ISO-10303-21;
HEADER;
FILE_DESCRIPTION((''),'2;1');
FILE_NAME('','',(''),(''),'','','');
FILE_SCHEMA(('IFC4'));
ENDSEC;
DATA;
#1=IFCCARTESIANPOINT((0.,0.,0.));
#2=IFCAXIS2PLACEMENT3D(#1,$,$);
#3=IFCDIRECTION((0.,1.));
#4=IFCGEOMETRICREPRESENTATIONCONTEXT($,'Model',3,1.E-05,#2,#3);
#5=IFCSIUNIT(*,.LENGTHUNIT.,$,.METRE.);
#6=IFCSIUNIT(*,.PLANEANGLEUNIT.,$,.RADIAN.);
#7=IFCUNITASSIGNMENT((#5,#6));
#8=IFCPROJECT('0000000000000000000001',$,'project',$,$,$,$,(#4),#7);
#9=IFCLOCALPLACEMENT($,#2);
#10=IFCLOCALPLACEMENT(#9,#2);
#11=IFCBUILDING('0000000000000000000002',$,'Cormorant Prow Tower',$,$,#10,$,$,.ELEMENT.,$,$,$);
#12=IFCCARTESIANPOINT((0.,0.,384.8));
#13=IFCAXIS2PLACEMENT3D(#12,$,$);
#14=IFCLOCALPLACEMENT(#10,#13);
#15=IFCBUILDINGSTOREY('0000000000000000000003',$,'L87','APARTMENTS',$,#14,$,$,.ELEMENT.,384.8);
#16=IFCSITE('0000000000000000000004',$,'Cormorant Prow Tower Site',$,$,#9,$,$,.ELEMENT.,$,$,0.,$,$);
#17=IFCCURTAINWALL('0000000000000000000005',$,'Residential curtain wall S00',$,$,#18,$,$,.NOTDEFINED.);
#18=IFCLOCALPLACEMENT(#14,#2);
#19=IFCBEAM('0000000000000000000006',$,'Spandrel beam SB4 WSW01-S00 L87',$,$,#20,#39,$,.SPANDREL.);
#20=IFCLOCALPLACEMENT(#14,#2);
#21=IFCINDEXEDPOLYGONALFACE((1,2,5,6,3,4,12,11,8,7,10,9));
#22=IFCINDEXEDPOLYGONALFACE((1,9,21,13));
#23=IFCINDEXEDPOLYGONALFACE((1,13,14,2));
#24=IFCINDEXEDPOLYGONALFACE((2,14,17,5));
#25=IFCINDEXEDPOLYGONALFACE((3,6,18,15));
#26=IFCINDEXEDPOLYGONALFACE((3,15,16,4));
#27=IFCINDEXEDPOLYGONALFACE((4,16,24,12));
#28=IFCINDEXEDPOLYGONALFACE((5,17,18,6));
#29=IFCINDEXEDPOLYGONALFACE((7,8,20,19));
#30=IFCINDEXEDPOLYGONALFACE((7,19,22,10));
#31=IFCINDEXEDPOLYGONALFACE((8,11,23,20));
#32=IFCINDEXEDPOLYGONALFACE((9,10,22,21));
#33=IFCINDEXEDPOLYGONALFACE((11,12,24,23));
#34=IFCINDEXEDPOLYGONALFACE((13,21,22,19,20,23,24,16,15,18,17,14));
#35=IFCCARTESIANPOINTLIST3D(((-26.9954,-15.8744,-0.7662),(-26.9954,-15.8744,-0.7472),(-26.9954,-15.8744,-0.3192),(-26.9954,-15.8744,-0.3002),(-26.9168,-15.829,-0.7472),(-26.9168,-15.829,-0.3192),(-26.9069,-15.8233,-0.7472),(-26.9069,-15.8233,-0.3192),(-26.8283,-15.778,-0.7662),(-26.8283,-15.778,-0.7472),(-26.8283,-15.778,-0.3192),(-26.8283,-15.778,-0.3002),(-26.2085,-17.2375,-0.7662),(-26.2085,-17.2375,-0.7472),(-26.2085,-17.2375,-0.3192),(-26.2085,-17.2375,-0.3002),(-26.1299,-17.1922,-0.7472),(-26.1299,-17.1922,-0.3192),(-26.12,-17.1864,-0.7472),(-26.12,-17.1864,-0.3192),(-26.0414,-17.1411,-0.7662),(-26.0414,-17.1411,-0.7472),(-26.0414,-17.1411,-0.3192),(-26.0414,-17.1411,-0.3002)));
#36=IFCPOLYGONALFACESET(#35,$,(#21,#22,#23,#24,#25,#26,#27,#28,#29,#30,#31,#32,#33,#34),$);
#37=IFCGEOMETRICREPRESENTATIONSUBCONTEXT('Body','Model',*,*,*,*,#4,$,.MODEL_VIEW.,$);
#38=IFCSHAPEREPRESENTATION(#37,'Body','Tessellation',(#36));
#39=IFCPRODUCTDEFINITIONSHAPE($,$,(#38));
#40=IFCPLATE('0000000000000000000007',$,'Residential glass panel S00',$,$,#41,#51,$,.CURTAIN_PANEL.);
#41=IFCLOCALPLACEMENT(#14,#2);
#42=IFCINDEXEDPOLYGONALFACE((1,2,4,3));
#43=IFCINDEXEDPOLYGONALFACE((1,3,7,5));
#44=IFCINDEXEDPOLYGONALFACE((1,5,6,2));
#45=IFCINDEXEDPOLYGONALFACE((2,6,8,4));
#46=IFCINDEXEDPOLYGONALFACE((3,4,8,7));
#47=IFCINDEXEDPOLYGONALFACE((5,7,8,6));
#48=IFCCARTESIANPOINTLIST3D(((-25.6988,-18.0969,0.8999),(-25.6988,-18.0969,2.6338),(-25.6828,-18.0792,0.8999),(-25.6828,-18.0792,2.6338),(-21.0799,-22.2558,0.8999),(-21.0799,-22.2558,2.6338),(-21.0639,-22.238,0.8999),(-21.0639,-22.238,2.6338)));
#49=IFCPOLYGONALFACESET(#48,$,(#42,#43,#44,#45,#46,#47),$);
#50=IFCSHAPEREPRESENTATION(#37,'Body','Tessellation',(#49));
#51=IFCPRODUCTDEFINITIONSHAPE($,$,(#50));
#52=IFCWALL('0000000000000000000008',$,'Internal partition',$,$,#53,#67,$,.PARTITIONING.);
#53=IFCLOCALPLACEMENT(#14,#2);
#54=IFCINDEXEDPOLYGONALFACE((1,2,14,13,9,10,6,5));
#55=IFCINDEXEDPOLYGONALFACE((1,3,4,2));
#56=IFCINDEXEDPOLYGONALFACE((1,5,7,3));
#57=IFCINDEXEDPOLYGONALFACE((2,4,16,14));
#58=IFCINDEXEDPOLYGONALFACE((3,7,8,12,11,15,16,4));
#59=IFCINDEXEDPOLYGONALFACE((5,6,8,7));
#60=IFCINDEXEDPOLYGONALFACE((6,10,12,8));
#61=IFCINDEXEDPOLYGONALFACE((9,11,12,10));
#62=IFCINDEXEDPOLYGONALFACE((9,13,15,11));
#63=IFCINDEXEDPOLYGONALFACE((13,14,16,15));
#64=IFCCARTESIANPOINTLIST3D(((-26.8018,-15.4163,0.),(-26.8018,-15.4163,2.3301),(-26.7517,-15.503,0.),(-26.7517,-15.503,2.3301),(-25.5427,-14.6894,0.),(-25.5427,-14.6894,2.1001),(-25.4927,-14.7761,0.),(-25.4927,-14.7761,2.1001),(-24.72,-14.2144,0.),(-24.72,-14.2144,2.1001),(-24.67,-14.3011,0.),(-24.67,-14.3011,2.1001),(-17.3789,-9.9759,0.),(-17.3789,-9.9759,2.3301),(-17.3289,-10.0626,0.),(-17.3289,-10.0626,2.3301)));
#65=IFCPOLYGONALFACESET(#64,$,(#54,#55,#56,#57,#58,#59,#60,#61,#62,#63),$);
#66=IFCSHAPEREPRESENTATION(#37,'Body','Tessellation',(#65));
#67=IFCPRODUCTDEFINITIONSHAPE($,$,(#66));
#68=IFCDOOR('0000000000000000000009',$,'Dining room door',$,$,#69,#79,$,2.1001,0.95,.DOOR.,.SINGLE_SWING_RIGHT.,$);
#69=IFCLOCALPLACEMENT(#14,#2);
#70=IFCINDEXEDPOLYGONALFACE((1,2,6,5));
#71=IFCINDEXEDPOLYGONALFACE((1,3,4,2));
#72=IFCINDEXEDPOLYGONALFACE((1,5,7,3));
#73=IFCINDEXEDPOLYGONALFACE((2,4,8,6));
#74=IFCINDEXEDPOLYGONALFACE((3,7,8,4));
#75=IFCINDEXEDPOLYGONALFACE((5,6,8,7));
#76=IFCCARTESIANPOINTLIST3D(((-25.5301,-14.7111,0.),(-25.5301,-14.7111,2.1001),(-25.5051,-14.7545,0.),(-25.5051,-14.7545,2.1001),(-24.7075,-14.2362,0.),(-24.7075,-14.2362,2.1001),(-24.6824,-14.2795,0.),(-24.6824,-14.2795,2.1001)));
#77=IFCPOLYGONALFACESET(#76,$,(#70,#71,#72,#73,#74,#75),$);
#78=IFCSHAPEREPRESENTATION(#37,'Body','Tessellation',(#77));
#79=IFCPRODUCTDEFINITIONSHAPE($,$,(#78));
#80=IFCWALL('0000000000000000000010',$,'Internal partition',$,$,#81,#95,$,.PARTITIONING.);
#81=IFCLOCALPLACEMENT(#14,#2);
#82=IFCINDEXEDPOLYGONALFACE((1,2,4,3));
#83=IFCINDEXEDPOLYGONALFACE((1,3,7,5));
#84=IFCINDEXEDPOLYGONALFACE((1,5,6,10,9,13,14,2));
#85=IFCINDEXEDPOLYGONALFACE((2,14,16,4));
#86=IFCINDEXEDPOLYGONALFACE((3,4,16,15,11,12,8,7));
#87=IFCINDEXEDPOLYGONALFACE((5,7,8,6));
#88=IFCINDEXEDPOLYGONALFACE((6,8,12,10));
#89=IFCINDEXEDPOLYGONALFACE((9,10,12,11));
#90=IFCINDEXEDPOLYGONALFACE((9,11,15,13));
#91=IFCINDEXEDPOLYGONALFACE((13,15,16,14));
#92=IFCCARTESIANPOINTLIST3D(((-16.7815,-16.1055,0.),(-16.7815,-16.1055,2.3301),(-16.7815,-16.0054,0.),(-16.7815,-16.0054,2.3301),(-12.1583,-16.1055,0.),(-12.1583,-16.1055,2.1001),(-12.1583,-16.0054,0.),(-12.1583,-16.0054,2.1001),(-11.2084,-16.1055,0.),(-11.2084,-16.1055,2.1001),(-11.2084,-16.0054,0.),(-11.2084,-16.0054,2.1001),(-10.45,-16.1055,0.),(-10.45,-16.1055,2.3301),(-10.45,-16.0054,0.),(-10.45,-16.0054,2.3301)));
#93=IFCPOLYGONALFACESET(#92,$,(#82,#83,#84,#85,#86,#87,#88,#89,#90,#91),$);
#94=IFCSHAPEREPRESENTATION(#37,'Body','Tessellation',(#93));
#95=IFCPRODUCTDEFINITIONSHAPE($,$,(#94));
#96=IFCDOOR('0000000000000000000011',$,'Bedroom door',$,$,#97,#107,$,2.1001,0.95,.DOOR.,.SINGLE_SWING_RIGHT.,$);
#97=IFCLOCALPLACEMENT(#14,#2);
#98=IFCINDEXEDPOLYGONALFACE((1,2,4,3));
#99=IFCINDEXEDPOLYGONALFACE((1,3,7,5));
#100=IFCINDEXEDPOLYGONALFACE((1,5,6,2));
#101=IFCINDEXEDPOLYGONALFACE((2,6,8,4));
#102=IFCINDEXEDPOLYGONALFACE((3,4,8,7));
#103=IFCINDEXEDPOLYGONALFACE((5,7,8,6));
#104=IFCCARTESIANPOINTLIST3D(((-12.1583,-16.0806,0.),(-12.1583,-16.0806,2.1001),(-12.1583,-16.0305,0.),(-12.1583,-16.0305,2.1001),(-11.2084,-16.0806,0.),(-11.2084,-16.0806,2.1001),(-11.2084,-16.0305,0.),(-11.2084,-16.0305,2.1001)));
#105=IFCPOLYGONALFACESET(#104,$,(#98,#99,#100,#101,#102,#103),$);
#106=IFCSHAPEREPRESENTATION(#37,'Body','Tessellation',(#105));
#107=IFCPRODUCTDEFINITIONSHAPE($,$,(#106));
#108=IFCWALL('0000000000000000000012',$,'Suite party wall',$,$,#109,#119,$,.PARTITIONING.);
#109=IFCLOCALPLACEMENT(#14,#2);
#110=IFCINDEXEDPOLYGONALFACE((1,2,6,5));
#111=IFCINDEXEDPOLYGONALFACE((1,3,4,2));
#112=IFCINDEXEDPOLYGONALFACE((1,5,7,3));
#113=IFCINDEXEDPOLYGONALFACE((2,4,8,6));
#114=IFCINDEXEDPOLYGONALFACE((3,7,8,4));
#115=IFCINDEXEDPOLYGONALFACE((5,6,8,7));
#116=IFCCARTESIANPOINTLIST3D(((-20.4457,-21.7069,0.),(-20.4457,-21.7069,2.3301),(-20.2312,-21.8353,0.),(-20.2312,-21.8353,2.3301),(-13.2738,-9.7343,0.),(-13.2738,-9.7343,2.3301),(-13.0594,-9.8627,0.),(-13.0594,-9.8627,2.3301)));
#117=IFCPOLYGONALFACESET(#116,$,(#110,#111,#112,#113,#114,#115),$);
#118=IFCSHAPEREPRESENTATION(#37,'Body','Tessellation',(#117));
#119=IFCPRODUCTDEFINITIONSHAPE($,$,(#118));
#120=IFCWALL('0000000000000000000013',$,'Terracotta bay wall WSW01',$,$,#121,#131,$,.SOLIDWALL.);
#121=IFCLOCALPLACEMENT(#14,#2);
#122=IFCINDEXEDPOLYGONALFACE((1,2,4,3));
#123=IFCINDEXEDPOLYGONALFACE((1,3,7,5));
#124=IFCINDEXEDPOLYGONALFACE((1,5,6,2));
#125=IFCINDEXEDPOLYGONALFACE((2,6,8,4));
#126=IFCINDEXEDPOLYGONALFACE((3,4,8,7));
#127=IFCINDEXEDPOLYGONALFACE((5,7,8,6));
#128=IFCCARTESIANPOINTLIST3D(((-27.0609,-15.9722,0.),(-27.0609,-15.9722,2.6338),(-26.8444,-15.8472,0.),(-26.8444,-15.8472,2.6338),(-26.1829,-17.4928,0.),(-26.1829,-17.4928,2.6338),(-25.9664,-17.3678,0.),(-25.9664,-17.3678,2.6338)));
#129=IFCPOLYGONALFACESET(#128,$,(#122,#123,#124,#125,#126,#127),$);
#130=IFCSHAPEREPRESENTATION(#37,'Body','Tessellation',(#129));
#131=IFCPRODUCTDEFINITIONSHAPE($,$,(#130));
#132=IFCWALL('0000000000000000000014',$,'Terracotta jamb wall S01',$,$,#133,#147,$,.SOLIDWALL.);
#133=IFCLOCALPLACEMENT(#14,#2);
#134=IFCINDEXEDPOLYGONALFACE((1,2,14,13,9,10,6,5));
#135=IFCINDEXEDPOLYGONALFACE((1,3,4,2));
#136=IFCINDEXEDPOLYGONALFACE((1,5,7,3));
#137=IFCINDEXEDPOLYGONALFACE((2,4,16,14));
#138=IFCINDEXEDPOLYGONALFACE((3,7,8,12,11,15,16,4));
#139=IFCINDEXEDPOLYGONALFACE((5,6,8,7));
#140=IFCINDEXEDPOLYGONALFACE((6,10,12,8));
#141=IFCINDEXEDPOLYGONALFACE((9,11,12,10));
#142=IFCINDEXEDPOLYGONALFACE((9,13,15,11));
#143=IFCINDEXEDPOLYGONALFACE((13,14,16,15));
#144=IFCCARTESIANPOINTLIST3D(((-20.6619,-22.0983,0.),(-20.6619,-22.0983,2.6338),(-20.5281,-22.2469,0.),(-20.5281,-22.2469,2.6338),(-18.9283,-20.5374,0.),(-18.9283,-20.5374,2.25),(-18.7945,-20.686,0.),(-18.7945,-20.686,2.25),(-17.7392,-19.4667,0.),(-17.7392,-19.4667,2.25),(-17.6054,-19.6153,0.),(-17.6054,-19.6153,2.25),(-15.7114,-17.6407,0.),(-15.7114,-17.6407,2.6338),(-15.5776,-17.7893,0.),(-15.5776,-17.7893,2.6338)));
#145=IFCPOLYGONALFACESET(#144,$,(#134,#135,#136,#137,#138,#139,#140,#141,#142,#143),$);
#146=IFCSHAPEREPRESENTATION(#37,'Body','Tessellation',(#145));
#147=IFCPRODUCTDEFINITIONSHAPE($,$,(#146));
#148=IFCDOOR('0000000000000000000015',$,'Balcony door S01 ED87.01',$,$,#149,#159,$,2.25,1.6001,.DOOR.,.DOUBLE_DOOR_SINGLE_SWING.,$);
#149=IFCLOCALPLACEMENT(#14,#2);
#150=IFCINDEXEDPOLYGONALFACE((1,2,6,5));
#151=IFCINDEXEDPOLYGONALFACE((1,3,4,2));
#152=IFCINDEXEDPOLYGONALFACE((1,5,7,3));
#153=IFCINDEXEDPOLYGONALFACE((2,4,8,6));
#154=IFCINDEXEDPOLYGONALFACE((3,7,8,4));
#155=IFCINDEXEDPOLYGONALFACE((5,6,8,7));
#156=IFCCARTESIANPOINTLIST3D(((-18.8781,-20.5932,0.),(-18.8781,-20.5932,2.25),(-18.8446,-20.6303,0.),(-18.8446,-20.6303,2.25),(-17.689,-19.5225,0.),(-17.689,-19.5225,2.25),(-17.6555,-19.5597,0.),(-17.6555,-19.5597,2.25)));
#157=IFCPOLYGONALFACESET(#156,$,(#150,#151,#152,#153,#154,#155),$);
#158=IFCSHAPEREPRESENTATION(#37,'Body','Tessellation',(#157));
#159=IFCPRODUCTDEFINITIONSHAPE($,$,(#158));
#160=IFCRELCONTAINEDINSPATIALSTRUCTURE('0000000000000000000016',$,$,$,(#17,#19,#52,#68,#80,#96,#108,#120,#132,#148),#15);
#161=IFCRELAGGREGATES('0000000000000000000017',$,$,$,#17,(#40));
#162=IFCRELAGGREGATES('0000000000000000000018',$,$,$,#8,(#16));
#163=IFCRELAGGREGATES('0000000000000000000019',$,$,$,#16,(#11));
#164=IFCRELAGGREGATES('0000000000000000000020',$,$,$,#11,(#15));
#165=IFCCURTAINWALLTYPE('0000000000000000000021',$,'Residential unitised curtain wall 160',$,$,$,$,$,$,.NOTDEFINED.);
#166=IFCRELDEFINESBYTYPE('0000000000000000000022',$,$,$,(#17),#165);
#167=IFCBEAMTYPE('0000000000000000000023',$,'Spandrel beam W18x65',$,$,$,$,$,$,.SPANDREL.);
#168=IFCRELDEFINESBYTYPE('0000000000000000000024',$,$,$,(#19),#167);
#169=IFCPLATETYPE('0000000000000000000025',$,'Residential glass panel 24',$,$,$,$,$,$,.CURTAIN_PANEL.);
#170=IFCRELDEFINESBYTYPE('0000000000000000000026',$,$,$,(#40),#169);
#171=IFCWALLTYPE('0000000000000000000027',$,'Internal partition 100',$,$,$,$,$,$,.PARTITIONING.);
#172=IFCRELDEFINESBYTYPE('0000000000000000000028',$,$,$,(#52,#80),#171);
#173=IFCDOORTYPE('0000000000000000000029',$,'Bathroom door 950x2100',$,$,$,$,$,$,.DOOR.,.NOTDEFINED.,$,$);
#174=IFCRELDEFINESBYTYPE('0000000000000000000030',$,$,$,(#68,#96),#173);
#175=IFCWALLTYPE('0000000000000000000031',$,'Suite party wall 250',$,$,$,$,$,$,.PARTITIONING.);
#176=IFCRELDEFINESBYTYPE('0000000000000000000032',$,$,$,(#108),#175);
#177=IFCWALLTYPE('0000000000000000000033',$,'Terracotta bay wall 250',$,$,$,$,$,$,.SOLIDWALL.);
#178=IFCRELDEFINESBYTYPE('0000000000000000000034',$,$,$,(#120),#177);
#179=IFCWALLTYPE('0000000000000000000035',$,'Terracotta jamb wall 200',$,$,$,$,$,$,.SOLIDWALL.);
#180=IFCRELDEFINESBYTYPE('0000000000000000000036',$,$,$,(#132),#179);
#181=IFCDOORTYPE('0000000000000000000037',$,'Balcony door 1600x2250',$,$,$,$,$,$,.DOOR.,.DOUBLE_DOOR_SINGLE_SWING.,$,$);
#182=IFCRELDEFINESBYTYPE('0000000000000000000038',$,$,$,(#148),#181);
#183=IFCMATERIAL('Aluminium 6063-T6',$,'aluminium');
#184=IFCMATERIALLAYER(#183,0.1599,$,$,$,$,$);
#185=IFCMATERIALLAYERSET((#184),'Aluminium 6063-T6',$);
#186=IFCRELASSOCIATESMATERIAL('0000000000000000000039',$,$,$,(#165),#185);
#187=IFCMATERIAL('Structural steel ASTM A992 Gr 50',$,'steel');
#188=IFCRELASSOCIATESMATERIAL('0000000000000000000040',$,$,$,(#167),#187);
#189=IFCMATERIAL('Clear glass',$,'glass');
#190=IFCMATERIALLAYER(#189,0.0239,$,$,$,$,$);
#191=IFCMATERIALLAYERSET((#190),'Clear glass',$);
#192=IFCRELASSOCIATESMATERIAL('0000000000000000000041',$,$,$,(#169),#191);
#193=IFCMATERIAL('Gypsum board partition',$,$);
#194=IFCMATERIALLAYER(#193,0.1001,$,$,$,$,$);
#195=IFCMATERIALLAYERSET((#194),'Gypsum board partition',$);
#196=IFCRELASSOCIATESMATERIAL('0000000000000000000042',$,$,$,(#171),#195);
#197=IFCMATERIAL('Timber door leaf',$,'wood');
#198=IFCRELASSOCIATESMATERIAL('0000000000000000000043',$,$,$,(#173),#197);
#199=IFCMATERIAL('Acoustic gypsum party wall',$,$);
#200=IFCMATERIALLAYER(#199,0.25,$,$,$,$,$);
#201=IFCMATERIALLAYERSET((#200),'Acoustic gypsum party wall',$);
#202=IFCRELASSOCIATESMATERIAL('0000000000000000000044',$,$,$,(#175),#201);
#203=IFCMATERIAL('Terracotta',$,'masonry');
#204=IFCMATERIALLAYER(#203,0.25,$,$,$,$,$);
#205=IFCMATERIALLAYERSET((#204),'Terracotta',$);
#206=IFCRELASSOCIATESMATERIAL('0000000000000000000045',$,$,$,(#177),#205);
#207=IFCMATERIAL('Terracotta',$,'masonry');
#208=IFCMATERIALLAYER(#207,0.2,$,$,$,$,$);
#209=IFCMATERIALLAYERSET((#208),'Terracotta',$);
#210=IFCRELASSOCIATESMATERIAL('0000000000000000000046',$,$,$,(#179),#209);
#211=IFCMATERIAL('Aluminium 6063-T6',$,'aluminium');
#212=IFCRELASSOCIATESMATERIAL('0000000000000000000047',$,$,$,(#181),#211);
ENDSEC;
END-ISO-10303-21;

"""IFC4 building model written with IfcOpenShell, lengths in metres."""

from ifc_helpers import new_model, si_unit, direction, frame, frame_2d, origin, origin_2d, place, context, subcontext, project, spatial, rectangle, i_section, extrude, material, layer, layer_set, material_profile, profile_set, type_object, element, fill, aggregate, save


model = new_model("IFC4")

# Units and contexts
model_context = context("Model", 3, precision=1e-05, world=origin(), true_north=direction((0.0, 1.0)))
body_context = subcontext(model_context, "Body", "Model", "MODEL_VIEW")
ifc_project = project(units=[si_unit("LENGTHUNIT", "METRE"), si_unit("PLANEANGLEUNIT", "RADIAN")], contexts=[model_context])

# Site, building, storey
site_placement = place(None, origin())
site = spatial("IfcSite", under=ifc_project, at=site_placement, Name="Cormorant Prow Tower Site", CompositionType="ELEMENT", RefElevation=0.0)
building_placement = place(site_placement, origin())
building = spatial("IfcBuilding", under=site, at=building_placement, Name="Cormorant Prow Tower", CompositionType="ELEMENT")
storey_placement = place(building_placement, frame((0.0, 0.0, 384.8)))
storey = spatial("IfcBuildingStorey", under=building, at=storey_placement, Name="L87", Description="APARTMENTS", CompositionType="ELEMENT", Elevation=384.8)

# Curtain wall
ifc_material_1 = material(Name="Aluminium 6063-T6", Category="aluminium")
ifc_layer_1 = layer(ifc_material_1, 0.1599)
ifc_layer_set_1 = layer_set([ifc_layer_1], Name="Aluminium 6063-T6")
curtain_wall_type = type_object("IfcCurtainWallType", Name="Residential unitised curtain wall 160", PredefinedType="NOTDEFINED", material=ifc_layer_set_1)
curtain_wall_placement = place(storey_placement, origin())
curtain_wall = element("IfcCurtainWall", 1, at=curtain_wall_placement, inside=storey, type_object=curtain_wall_type, Name="Residential curtain wall S00", PredefinedType="NOTDEFINED")

# Beam
ifc_material_2 = material(Name="Structural steel ASTM A992 Gr 50", Category="steel")
ifc_material_profile_1 = material_profile(ifc_material_2, i_section(OverallWidth=0.1929, OverallDepth=0.4661, WebThickness=0.0115, FlangeThickness=0.019, at=origin_2d()), Name="W18x65")
ifc_profile_set_1 = profile_set([ifc_material_profile_1], Name="Structural steel ASTM A992 Gr 50")
beam_type = type_object("IfcBeamType", Name="Spandrel beam W18x65", PredefinedType="SPANDREL", material=ifc_profile_set_1)
for number, where, z_axis, x_axis, name in (
    (2, (-26.9119, -15.8262, -0.5332), (0.49996, -0.866049, 0.0), (0.866049, 0.49996, 0.0), "Spandrel beam SB4 WSW01-S00 L87"),
):
    element("IfcBeam", number, at=place(storey_placement, frame(where, z_axis=z_axis, x_axis=x_axis)), inside=storey, type_object=beam_type, Name=name, PredefinedType="SPANDREL", context=body_context, shape_type="SweptSolid", body=[
        extrude(i_section(OverallWidth=0.1929, OverallDepth=0.4661, WebThickness=0.0115, FlangeThickness=0.019, at=origin_2d()), origin(), (0.0, 0.0, 1.0), 1.574),
    ])

# Plate
ifc_material_3 = material(Name="Clear glass", Category="glass")
ifc_layer_2 = layer(ifc_material_3, 0.0239)
ifc_layer_set_2 = layer_set([ifc_layer_2], Name="Clear glass")
plate_type = type_object("IfcPlateType", Name="Residential glass panel 24", PredefinedType="CURTAIN_PANEL", material=ifc_layer_set_2)
plate_placement = place(storey_placement, frame((-23.3813, -20.1675, 0.8999), z_axis=(0.0, 0.0, 1.0), x_axis=(0.743145, -0.669131, 0.0)))
plate = element("IfcPlate", 3, at=plate_placement, type_object=plate_type, Name="Residential glass panel S00", PredefinedType="CURTAIN_PANEL", context=body_context, shape_type="SweptSolid", body=[
    extrude(rectangle(XDim=6.2153, YDim=0.0239, at=origin_2d()), origin(), (0.0, 0.0, 1.0), 1.7339),
])
aggregate(curtain_wall, [plate])

# Walls, openings, doors
ifc_material_4 = material(Name="Gypsum board partition")
ifc_layer_3 = layer(ifc_material_4, 0.1001)
ifc_layer_set_3 = layer_set([ifc_layer_3], Name="Gypsum board partition")
wall_type_1 = type_object("IfcWallType", Name="Internal partition 100", PredefinedType="PARTITIONING", material=ifc_layer_set_3)
wall_1_placement = place(storey_placement, frame((-26.7769, -15.4597, 0.0), z_axis=(0.0, 0.0, 1.0), x_axis=(0.86602, 0.50001, 0.0)))
wall_1 = element("IfcWall", 4, at=wall_1_placement, inside=storey, type_object=wall_type_1, Name="Internal partition", PredefinedType="PARTITIONING", context=body_context, shape_type="SweptSolid", body=[
    extrude(rectangle(XDim=10.8806, YDim=0.1001, at=frame_2d((5.4404, 0.0))), origin(), (0.0, 0.0, 1.0), 2.3301),
])
opening_1_placement = place(wall_1_placement, frame((1.4539, 0.0, 0.0)))
opening_1 = element("IfcOpeningElement", 5, at=opening_1_placement, cuts=wall_1, PredefinedType="OPENING", context=body_context, shape_type="SweptSolid", body=[
    extrude(rectangle(XDim=0.95, YDim=2.1001, at=frame_2d((0.4751, 1.05))), frame((0.0, 0.0601, 0.0), z_axis=(0.0, -1.0, 0.0), x_axis=(1.0, 0.0, 0.0)), (0.0, 0.0, 1.0), 0.1201),
])
ifc_material_5 = material(Name="Timber door leaf", Category="wood")
door_type_1 = type_object("IfcDoorType", Name="Bathroom door 950x2100", OperationType="NOTDEFINED", PredefinedType="DOOR", material=ifc_material_5)
door_1_placement = place(opening_1_placement, origin())
door_1 = element("IfcDoor", 6, at=door_1_placement, inside=storey, type_object=door_type_1, Name="Dining room door", OperationType="SINGLE_SWING_RIGHT", OverallHeight=2.1001, OverallWidth=0.95, PredefinedType="DOOR", context=body_context, shape_type="SweptSolid", body=[
    extrude(rectangle(XDim=0.95, YDim=2.1001, at=frame_2d((0.4751, 1.05))), frame((0.0, 0.0249, 0.0), z_axis=(0.0, -1.0, 0.0), x_axis=(1.0, 0.0, 0.0)), (0.0, 0.0, 1.0), 0.05),
])
fill(opening_1, door_1)
wall_2_placement = place(storey_placement, frame((-16.7815, -16.0554, 0.0), z_axis=(0.0, 0.0, 1.0), x_axis=(1.0, 0.0, 0.0)))
wall_2 = element("IfcWall", 7, at=wall_2_placement, inside=storey, type_object=wall_type_1, Name="Internal partition", PredefinedType="PARTITIONING", context=body_context, shape_type="SweptSolid", body=[
    extrude(rectangle(XDim=6.3315, YDim=0.1001, at=frame_2d((3.1658, 0.0))), origin(), (0.0, 0.0, 1.0), 2.3301),
])
opening_2_placement = place(wall_2_placement, frame((4.623, 0.0, 0.0)))
opening_2 = element("IfcOpeningElement", 8, at=opening_2_placement, cuts=wall_2, PredefinedType="OPENING", context=body_context, shape_type="SweptSolid", body=[
    extrude(rectangle(XDim=0.95, YDim=2.1001, at=frame_2d((0.4751, 1.05))), frame((0.0, 0.0601, 0.0), z_axis=(0.0, -1.0, 0.0), x_axis=(1.0, 0.0, 0.0)), (0.0, 0.0, 1.0), 0.1201),
])
door_2_placement = place(opening_2_placement, origin())
door_2 = element("IfcDoor", 9, at=door_2_placement, inside=storey, type_object=door_type_1, Name="Bedroom door", OperationType="SINGLE_SWING_RIGHT", OverallHeight=2.1001, OverallWidth=0.95, PredefinedType="DOOR", context=body_context, shape_type="SweptSolid", body=[
    extrude(rectangle(XDim=0.95, YDim=2.1001, at=frame_2d((0.4751, 1.05))), frame((0.0, 0.0249, 0.0), z_axis=(0.0, -1.0, 0.0), x_axis=(1.0, 0.0, 0.0)), (0.0, 0.0, 1.0), 0.05),
])
fill(opening_2, door_2)

# Walls
ifc_material_6 = material(Name="Acoustic gypsum party wall")
ifc_layer_4 = layer(ifc_material_6, 0.25)
ifc_layer_set_4 = layer_set([ifc_layer_4], Name="Acoustic gypsum party wall")
wall_type_2 = type_object("IfcWallType", Name="Suite party wall 250", PredefinedType="PARTITIONING", material=ifc_layer_set_4)
wall_3_placement = place(storey_placement, frame((-20.3384, -21.771, 0.0), z_axis=(0.0, 0.0, 1.0), x_axis=(0.513878, 0.857863, 0.0)))
element("IfcWall", 10, at=wall_3_placement, inside=storey, type_object=wall_type_2, Name="Suite party wall", PredefinedType="PARTITIONING", context=body_context, shape_type="SweptSolid", body=[
    extrude(rectangle(XDim=13.9563, YDim=0.25, at=frame_2d((6.978, 0.0))), origin(), (0.0, 0.0, 1.0), 2.3301),
])
ifc_material_7 = material(Name="Terracotta", Category="masonry")
ifc_layer_5 = layer(ifc_material_7, 0.25)
ifc_layer_set_5 = layer_set([ifc_layer_5], Name="Terracotta")
wall_type_3 = type_object("IfcWallType", Name="Terracotta bay wall 250", PredefinedType="SOLIDWALL", material=ifc_layer_set_5)
wall_4_placement = place(storey_placement, frame((-26.9526, -15.9097, 0.0), z_axis=(0.0, 0.0, 1.0), x_axis=(0.500027, -0.86601, 0.0)))
element("IfcWall", 11, at=wall_4_placement, inside=storey, type_object=wall_type_3, Name="Terracotta bay wall WSW01", PredefinedType="SOLIDWALL", context=body_context, shape_type="SweptSolid", body=[
    extrude(rectangle(XDim=1.7559, YDim=0.25, at=frame_2d((0.8779, 0.0))), origin(), (0.0, 0.0, 1.0), 2.6338),
])

# Wall, opening, door
ifc_material_8 = material(Name="Terracotta", Category="masonry")
ifc_layer_6 = layer(ifc_material_8, 0.2)
ifc_layer_set_6 = layer_set([ifc_layer_6], Name="Terracotta")
wall_type_4 = type_object("IfcWallType", Name="Terracotta jamb wall 200", PredefinedType="SOLIDWALL", material=ifc_layer_set_6)
wall_5_placement = place(storey_placement, frame((-20.595, -22.1726, 0.0), z_axis=(0.0, 0.0, 1.0), x_axis=(0.743136, 0.669141, 0.0)))
wall_5 = element("IfcWall", 12, at=wall_5_placement, inside=storey, type_object=wall_type_4, Name="Terracotta jamb wall S01", PredefinedType="SOLIDWALL", context=body_context, shape_type="SweptSolid", body=[
    extrude(rectangle(XDim=6.6616, YDim=0.2, at=frame_2d((3.3308, 0.0))), origin(), (0.0, 0.0, 1.0), 2.6338),
])
opening_3_placement = place(wall_5_placement, frame((2.3328, 0.0, 0.0)))
opening_3 = element("IfcOpeningElement", 13, at=opening_3_placement, cuts=wall_5, PredefinedType="OPENING", context=body_context, shape_type="SweptSolid", body=[
    extrude(rectangle(XDim=1.6001, YDim=2.25, at=frame_2d((0.8, 1.125))), frame((0.0, 0.1099, 0.0), z_axis=(0.0, -1.0, 0.0), x_axis=(1.0, 0.0, 0.0)), (0.0, 0.0, 1.0), 0.22),
])
ifc_material_9 = material(Name="Aluminium 6063-T6", Category="aluminium")
door_type_2 = type_object("IfcDoorType", Name="Balcony door 1600x2250", OperationType="DOUBLE_DOOR_SINGLE_SWING", PredefinedType="DOOR", material=ifc_material_9)
door_3_placement = place(opening_3_placement, origin())
door_3 = element("IfcDoor", 14, at=door_3_placement, inside=storey, type_object=door_type_2, Name="Balcony door S01 ED87.01", OperationType="DOUBLE_DOOR_SINGLE_SWING", OverallHeight=2.25, OverallWidth=1.6001, PredefinedType="DOOR", context=body_context, shape_type="SweptSolid", body=[
    extrude(rectangle(XDim=1.6001, YDim=2.25, at=frame_2d((0.8, 1.125))), frame((0.0, 0.0249, 0.0), z_axis=(0.0, -1.0, 0.0), x_axis=(1.0, 0.0, 0.0)), (0.0, 0.0, 1.0), 0.05),
])
fill(opening_3, door_3)

save(model, "model.ifc")
